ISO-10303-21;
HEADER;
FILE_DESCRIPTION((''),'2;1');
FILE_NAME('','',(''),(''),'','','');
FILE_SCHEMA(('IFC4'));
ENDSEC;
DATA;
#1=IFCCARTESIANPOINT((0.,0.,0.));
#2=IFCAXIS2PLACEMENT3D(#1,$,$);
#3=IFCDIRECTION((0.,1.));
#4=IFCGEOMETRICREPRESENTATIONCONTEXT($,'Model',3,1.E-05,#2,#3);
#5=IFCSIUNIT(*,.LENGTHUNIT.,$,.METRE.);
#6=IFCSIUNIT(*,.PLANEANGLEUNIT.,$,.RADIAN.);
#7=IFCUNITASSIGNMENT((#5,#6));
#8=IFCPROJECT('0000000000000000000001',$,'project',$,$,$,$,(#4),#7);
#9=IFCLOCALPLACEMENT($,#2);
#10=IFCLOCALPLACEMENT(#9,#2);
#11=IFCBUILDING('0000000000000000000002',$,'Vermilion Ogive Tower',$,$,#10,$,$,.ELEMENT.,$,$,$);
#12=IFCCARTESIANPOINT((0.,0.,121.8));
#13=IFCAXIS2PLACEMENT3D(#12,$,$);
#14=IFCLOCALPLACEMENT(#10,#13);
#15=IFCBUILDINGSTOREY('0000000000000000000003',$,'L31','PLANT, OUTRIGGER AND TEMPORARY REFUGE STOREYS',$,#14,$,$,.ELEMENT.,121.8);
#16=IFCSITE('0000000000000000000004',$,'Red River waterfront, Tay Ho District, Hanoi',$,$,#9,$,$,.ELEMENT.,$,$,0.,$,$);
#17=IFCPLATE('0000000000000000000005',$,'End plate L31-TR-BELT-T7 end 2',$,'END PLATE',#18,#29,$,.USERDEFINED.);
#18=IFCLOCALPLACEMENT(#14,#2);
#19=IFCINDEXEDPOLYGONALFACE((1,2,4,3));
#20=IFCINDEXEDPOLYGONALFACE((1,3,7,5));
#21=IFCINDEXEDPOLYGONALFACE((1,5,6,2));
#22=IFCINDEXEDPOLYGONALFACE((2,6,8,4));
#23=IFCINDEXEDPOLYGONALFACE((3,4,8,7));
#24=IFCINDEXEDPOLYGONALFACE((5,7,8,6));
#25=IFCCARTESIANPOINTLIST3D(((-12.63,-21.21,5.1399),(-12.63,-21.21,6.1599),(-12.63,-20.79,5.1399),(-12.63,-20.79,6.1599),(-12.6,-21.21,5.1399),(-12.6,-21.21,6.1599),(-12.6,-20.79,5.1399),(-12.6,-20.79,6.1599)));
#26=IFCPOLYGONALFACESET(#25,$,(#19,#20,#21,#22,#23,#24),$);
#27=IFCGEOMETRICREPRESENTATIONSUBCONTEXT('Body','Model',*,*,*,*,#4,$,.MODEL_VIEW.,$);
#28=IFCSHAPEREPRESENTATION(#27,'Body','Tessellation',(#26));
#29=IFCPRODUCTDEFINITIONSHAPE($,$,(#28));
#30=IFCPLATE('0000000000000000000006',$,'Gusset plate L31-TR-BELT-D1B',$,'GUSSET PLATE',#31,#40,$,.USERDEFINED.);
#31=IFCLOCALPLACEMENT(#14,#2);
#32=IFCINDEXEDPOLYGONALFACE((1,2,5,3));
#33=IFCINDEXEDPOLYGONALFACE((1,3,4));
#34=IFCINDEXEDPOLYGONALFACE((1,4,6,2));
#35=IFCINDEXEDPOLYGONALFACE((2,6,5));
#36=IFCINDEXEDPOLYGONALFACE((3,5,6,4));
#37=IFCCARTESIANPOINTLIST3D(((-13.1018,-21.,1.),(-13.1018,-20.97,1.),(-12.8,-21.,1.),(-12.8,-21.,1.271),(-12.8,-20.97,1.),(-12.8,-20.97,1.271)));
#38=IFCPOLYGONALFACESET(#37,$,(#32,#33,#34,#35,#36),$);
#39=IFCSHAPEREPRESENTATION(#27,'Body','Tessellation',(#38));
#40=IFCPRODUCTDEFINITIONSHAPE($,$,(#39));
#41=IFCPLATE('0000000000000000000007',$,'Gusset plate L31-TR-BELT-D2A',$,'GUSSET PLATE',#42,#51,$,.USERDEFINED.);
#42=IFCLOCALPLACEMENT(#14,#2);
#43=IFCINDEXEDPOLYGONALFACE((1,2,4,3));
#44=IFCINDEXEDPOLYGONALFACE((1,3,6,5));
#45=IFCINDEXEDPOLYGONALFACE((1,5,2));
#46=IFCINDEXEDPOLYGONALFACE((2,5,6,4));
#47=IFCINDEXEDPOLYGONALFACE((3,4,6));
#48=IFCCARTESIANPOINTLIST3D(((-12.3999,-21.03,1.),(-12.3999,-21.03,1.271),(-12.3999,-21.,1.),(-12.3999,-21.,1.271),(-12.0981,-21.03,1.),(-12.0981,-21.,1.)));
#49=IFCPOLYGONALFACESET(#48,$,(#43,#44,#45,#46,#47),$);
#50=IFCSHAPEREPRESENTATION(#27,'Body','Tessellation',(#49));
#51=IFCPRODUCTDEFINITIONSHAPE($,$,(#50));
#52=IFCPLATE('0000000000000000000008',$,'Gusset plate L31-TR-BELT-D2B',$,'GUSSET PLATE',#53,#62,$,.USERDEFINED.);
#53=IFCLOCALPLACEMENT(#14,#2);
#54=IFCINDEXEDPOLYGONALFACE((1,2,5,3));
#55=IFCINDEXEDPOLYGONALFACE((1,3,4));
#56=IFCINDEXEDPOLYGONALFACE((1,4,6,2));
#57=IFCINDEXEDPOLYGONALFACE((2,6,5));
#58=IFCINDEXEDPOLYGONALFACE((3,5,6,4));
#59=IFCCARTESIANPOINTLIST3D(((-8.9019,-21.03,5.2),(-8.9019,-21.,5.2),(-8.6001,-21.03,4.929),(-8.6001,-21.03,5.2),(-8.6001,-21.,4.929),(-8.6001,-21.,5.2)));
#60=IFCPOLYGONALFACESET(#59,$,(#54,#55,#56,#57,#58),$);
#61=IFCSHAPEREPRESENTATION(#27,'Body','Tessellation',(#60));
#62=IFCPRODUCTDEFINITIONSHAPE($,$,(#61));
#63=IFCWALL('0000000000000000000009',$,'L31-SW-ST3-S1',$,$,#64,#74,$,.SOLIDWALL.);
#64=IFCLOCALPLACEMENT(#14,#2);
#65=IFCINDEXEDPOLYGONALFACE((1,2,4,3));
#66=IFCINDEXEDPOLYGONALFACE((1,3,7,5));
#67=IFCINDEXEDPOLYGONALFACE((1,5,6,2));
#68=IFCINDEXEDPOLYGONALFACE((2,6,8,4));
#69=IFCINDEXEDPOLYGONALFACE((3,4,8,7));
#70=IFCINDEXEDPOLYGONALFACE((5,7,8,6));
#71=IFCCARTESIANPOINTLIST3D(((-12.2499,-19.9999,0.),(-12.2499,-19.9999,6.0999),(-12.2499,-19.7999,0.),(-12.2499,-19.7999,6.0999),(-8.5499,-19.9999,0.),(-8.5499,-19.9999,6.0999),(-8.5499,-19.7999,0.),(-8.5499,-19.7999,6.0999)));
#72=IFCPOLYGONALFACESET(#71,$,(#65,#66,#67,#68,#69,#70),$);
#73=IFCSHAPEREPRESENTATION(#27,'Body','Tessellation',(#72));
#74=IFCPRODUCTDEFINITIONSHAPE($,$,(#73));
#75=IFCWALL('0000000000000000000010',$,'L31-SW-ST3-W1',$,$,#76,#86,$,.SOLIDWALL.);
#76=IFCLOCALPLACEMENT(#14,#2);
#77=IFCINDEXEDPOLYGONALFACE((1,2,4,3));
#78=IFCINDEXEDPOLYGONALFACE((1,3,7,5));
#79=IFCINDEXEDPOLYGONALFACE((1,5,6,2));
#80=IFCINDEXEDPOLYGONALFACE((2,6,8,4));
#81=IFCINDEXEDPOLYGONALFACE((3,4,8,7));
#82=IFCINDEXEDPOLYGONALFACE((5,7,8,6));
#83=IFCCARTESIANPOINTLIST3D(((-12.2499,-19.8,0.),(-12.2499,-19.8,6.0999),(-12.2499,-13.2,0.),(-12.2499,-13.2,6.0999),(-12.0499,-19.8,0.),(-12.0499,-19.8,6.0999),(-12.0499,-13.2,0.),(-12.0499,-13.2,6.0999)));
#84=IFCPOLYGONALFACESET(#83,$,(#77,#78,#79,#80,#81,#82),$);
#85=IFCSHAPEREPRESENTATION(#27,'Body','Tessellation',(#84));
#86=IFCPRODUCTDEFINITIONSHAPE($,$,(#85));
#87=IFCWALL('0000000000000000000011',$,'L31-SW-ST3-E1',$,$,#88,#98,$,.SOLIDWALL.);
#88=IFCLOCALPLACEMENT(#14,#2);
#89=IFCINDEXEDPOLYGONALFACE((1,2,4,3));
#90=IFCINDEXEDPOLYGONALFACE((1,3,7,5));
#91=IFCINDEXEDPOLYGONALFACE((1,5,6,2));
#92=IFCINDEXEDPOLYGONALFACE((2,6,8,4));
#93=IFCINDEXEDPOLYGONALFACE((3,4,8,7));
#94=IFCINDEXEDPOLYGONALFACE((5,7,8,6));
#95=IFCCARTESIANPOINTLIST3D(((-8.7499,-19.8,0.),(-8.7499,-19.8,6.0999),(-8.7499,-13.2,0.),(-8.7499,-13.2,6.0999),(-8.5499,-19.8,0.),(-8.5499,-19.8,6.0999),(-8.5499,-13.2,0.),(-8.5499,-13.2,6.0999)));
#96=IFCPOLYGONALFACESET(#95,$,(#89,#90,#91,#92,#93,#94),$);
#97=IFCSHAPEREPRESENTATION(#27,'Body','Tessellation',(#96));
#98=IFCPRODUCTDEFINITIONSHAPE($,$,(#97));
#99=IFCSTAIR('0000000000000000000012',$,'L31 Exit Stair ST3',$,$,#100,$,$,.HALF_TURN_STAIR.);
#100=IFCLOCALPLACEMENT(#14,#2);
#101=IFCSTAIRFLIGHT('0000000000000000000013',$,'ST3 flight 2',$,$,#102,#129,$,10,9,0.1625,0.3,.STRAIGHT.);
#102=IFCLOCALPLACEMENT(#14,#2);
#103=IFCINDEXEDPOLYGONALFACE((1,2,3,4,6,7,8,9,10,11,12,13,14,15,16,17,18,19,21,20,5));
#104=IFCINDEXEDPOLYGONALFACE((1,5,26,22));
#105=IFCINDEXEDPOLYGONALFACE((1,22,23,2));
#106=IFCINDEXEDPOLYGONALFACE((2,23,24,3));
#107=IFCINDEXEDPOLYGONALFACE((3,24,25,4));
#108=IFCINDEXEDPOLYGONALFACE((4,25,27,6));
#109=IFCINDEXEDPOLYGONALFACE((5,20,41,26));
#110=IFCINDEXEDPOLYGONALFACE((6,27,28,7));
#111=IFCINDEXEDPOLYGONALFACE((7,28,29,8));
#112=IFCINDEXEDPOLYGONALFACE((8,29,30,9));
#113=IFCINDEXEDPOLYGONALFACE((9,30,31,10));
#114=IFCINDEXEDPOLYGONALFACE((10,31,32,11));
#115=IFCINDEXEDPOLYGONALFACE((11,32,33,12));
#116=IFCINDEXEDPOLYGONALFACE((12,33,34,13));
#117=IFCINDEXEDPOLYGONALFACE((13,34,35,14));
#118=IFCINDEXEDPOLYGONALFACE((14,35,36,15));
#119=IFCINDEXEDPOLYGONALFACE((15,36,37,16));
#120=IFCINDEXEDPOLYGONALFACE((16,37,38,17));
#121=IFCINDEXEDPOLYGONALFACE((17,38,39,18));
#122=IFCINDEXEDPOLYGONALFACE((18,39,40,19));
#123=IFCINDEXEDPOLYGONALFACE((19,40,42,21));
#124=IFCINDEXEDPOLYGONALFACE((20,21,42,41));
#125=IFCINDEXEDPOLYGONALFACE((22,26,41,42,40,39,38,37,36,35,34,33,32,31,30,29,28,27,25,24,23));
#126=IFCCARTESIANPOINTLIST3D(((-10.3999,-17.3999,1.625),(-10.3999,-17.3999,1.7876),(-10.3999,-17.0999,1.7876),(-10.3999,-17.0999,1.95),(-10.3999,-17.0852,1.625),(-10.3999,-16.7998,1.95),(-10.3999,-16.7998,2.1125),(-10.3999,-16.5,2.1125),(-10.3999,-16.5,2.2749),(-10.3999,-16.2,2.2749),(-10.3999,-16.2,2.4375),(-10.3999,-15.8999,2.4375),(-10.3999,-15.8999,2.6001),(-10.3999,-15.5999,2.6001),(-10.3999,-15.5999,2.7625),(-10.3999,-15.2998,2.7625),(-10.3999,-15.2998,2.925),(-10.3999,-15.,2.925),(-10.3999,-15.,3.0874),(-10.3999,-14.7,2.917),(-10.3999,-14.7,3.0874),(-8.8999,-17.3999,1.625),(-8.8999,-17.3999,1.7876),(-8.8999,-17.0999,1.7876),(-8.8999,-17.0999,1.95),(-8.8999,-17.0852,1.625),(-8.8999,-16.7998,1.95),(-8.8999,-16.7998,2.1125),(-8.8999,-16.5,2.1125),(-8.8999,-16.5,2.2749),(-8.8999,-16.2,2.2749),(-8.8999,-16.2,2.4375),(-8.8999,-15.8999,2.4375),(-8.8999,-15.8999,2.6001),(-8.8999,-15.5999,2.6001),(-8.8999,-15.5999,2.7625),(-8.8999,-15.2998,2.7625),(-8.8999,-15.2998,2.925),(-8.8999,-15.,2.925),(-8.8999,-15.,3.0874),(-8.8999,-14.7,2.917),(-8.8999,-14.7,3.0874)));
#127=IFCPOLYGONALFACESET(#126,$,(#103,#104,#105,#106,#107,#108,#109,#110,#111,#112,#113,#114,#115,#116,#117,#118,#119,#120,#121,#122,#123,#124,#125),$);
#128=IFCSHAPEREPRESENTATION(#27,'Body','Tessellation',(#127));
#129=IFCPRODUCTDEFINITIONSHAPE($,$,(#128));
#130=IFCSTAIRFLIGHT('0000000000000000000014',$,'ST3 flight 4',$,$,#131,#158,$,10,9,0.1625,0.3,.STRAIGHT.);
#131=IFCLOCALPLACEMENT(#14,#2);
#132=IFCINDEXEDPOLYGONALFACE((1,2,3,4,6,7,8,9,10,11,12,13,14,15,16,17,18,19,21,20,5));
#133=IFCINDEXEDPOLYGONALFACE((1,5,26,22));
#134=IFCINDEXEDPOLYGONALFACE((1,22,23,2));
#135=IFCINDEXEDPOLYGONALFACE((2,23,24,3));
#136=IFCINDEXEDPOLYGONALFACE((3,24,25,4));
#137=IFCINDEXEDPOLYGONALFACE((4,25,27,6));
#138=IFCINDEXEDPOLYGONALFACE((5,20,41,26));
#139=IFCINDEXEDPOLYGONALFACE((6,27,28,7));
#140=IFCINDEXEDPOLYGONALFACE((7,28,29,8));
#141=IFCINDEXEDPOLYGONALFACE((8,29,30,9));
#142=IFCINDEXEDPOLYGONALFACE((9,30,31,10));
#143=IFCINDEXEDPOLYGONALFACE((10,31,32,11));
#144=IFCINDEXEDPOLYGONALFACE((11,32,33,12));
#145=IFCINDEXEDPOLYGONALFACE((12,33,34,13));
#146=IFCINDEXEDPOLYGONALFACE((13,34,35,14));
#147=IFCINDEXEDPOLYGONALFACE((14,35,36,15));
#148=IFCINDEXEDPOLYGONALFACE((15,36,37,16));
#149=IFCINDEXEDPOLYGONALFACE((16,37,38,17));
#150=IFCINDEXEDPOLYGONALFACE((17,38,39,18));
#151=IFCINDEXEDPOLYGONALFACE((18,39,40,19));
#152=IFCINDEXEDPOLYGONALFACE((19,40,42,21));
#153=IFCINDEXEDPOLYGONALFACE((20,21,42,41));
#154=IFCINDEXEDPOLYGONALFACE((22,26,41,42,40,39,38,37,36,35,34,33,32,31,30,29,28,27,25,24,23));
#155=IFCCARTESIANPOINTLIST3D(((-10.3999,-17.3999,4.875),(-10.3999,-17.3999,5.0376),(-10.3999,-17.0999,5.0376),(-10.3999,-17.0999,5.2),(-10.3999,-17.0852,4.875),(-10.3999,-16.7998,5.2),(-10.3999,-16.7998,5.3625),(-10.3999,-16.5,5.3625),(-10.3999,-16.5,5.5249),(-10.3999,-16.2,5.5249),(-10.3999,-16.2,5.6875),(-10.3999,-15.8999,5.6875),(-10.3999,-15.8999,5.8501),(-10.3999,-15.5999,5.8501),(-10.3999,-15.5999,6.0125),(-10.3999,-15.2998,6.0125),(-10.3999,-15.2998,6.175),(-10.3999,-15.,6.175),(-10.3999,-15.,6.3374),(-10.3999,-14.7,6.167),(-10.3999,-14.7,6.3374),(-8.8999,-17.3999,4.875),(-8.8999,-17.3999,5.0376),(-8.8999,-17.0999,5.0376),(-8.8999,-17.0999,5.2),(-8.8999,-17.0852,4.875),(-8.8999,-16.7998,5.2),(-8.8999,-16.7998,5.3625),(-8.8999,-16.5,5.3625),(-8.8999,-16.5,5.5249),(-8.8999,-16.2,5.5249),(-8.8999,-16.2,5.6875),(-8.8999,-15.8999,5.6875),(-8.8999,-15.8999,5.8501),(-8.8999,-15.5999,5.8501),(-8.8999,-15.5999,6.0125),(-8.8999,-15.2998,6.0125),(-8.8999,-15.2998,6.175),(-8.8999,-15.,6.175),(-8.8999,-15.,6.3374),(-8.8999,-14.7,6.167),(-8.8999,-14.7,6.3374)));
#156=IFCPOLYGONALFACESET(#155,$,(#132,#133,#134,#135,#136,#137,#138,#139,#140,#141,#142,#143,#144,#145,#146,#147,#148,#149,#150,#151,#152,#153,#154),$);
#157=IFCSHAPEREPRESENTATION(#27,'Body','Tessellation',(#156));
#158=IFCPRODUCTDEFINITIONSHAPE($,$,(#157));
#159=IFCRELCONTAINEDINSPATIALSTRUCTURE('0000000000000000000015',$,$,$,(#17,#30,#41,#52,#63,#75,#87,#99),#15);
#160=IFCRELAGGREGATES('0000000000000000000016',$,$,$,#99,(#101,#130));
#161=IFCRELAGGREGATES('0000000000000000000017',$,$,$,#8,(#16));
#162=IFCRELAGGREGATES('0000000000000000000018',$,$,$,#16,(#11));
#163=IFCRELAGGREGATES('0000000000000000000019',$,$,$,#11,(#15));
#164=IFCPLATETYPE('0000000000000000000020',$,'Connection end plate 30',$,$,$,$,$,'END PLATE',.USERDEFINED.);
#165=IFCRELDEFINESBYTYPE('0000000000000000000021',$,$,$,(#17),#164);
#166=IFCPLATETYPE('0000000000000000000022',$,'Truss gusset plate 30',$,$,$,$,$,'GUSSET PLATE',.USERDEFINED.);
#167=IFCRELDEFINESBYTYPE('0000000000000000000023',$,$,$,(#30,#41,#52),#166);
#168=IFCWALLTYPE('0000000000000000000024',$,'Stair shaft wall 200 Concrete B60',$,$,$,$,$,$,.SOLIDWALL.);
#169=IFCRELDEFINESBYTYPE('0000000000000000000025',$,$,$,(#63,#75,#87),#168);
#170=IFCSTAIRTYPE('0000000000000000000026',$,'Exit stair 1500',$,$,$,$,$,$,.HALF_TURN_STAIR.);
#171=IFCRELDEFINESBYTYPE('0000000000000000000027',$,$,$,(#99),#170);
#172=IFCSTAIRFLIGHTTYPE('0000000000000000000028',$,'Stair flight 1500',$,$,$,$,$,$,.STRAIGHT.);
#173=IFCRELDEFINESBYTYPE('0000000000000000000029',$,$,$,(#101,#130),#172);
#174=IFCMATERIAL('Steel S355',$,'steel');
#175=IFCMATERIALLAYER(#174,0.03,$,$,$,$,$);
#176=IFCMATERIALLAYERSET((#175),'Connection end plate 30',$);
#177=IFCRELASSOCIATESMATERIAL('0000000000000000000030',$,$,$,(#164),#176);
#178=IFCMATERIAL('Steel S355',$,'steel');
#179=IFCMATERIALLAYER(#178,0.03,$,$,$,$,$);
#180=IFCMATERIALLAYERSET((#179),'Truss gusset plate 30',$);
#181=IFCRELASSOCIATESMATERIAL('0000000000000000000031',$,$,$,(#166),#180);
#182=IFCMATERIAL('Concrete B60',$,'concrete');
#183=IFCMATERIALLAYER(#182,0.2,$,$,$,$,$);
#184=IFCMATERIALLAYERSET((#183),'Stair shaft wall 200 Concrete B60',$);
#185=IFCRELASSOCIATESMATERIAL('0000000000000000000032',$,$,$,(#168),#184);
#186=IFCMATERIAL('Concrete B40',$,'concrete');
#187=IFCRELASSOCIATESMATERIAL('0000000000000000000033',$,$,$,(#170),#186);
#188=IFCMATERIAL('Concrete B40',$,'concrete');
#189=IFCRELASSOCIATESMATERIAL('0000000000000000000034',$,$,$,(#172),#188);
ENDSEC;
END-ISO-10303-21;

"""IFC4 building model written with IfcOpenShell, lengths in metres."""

from ifc_helpers import new_model, si_unit, direction, frame, frame_2d, origin, origin_2d, place, context, subcontext, project, spatial, polyline, rectangle, outline, extrude, material, layer, layer_set, type_object, element, aggregate, save


model = new_model("IFC4")

# Units and contexts
model_context = context("Model", 3, precision=1e-05, world=origin(), true_north=direction((0.0, 1.0)))
body_context = subcontext(model_context, "Body", "Model", "MODEL_VIEW")
ifc_project = project(units=[si_unit("LENGTHUNIT", "METRE"), si_unit("PLANEANGLEUNIT", "RADIAN")], contexts=[model_context])

# Site, building, storey
site_placement = place(None, origin())
site = spatial("IfcSite", under=ifc_project, at=site_placement, Name="Red River waterfront, Tay Ho District, Hanoi", CompositionType="ELEMENT", RefElevation=0.0)
building_placement = place(site_placement, origin())
building = spatial("IfcBuilding", under=site, at=building_placement, Name="Vermilion Ogive Tower", CompositionType="ELEMENT")
storey_placement = place(building_placement, frame((0.0, 0.0, 121.8)))
storey = spatial("IfcBuildingStorey", under=building, at=storey_placement, Name="L31", Description="PLANT, OUTRIGGER AND TEMPORARY REFUGE STOREYS", CompositionType="ELEMENT", Elevation=121.8)

# Plates
ifc_material_1 = material(Name="Steel S355", Category="steel")
ifc_layer_1 = layer(ifc_material_1, 0.03)
ifc_layer_set_1 = layer_set([ifc_layer_1], Name="Connection end plate 30")
plate_type_1 = type_object("IfcPlateType", Name="Connection end plate 30", ElementType="END PLATE", PredefinedType="USERDEFINED", material=ifc_layer_set_1)
plate_placement = place(storey_placement, frame((-12.615, -21.0, 5.1399), z_axis=(0.0, 0.0, 1.0), x_axis=(1.0, 0.0, 0.0)))
element("IfcPlate", 1, at=plate_placement, inside=storey, type_object=plate_type_1, Name="End plate L31-TR-BELT-T7 end 2", ObjectType="END PLATE", PredefinedType="USERDEFINED", context=body_context, shape_type="SweptSolid", body=[
    extrude(rectangle(XDim=0.03, YDim=0.4199, at=origin_2d()), origin(), (0.0, 0.0, 1.0), 1.02),
])
ifc_material_2 = material(Name="Steel S355", Category="steel")
ifc_layer_2 = layer(ifc_material_2, 0.03)
ifc_layer_set_2 = layer_set([ifc_layer_2], Name="Truss gusset plate 30")
plate_type_2 = type_object("IfcPlateType", Name="Truss gusset plate 30", ElementType="GUSSET PLATE", PredefinedType="USERDEFINED", material=ifc_layer_set_2)
for number, where, z_axis, x_axis, name in (
    (2, (-12.8, -21.0, 1.271), (0.0, -1.0, 0.0), (-0.744012, 0.0, -0.668166), "Gusset plate L31-TR-BELT-D1B"),
    (3, (-12.3999, -21.0, 1.271), (0.0, 1.0, 0.0), (0.744012, 0.0, -0.668166), "Gusset plate L31-TR-BELT-D2A"),
    (4, (-8.6001, -21.0, 4.929), (0.0, 1.0, 0.0), (-0.744012, 0.0, 0.668166), "Gusset plate L31-TR-BELT-D2B"),
):
    element("IfcPlate", number, at=place(storey_placement, frame(where, z_axis=z_axis, x_axis=x_axis)), inside=storey, type_object=plate_type_2, Name=name, ObjectType="GUSSET PLATE", PredefinedType="USERDEFINED", context=body_context, shape_type="SweptSolid", body=[
        extrude(outline(polyline([(0.0, 0.0), (0.4056, 0.0), (0.1811, 0.2016), (0.0, 0.0)])), origin(), (0.0, 0.0, -1.0), 0.03),
    ])

# Walls
ifc_material_3 = material(Name="Concrete B60", Category="concrete")
ifc_layer_3 = layer(ifc_material_3, 0.2)
ifc_layer_set_3 = layer_set([ifc_layer_3], Name="Stair shaft wall 200 Concrete B60")
wall_type = type_object("IfcWallType", Name="Stair shaft wall 200 Concrete B60", PredefinedType="SOLIDWALL", material=ifc_layer_set_3)
wall_placement = place(storey_placement, frame((-12.25, -19.8999, 0.0), z_axis=(0.0, 0.0, 1.0), x_axis=(1.0, 0.0, 0.0)))
element("IfcWall", 5, at=wall_placement, inside=storey, type_object=wall_type, Name="L31-SW-ST3-S1", PredefinedType="SOLIDWALL", context=body_context, shape_type="SweptSolid", body=[
    extrude(rectangle(XDim=3.7, YDim=0.2, at=frame_2d((1.8501, 0.0))), origin(), (0.0, 0.0, 1.0), 6.0999),
])
for number, where, z_axis, x_axis, name in (
    (6, (-12.1499, -19.8, 0.0), (0.0, 0.0, 1.0), (0.0, 1.0, 0.0), "L31-SW-ST3-W1"),
    (7, (-8.6499, -19.8, 0.0), (0.0, 0.0, 1.0), (0.0, 1.0, 0.0), "L31-SW-ST3-E1"),
):
    element("IfcWall", number, at=place(storey_placement, frame(where, z_axis=z_axis, x_axis=x_axis)), inside=storey, type_object=wall_type, Name=name, PredefinedType="SOLIDWALL", context=body_context, shape_type="SweptSolid", body=[
        extrude(rectangle(XDim=6.6001, YDim=0.2, at=frame_2d((3.3, 0.0))), origin(), (0.0, 0.0, 1.0), 6.0999),
    ])

# Stair, stair flights
ifc_material_4 = material(Name="Concrete B40", Category="concrete")
stair_type = type_object("IfcStairType", Name="Exit stair 1500", PredefinedType="HALF_TURN_STAIR", material=ifc_material_4)
stair_placement = place(storey_placement, origin())
stair = element("IfcStair", 8, at=stair_placement, inside=storey, type_object=stair_type, Name="L31 Exit Stair ST3", PredefinedType="HALF_TURN_STAIR")
ifc_material_5 = material(Name="Concrete B40", Category="concrete")
stair_flight_type = type_object("IfcStairFlightType", Name="Stair flight 1500", PredefinedType="STRAIGHT", material=ifc_material_5)
stair_flight_1_placement = place(storey_placement, frame((-9.6499, -17.3999, 1.625), z_axis=(0.0, 0.0, 1.0), x_axis=(0.0, 1.0, 0.0)))
stair_flight_1 = element("IfcStairFlight", 9, at=stair_flight_1_placement, type_object=stair_flight_type, Name="ST3 flight 2", NumberOfRisers=10, NumberOfTreads=9, PredefinedType="STRAIGHT", RiserHeight=0.1625, TreadLength=0.3, context=body_context, shape_type="SweptSolid", body=[
    extrude(outline(polyline([(0.0, 0.0), (0.0, 0.1626), (0.3, 0.1626), (0.3, 0.325), (0.6001, 0.325), (0.6001, 0.4875), (0.8999, 0.4875), (0.8999, 0.6499), (1.2, 0.6499), (1.2, 0.8125), (1.5, 0.8125), (1.5, 0.9751), (1.8, 0.9751), (1.8, 1.1375), (2.1001, 1.1375), (2.1001, 1.3), (2.3999, 1.3), (2.3999, 1.4624), (2.7, 1.4624), (2.7, 1.625), (2.7, 1.292), (0.3147, 0.0), (0.0, 0.0)])), frame((0.0, 0.75, 0.0), z_axis=(0.0, -1.0, 0.0), x_axis=(1.0, 0.0, 0.0)), (0.0, 0.0, 1.0), 1.5),
])
stair_flight_2_placement = place(storey_placement, frame((-9.6499, -17.3999, 4.875), z_axis=(0.0, 0.0, 1.0), x_axis=(0.0, 1.0, 0.0)))
stair_flight_2 = element("IfcStairFlight", 10, at=stair_flight_2_placement, type_object=stair_flight_type, Name="ST3 flight 4", NumberOfRisers=10, NumberOfTreads=9, PredefinedType="STRAIGHT", RiserHeight=0.1625, TreadLength=0.3, context=body_context, shape_type="SweptSolid", body=[
    extrude(outline(polyline([(0.0, 0.0), (0.0, 0.1626), (0.3, 0.1626), (0.3, 0.325), (0.6001, 0.325), (0.6001, 0.4875), (0.8999, 0.4875), (0.8999, 0.6499), (1.2, 0.6499), (1.2, 0.8125), (1.5, 0.8125), (1.5, 0.9751), (1.8, 0.9751), (1.8, 1.1375), (2.1001, 1.1375), (2.1001, 1.3), (2.3999, 1.3), (2.3999, 1.4624), (2.7, 1.4624), (2.7, 1.625), (2.7, 1.292), (0.3147, 0.0), (0.0, 0.0)])), frame((0.0, 0.75, 0.0), z_axis=(0.0, -1.0, 0.0), x_axis=(1.0, 0.0, 0.0)), (0.0, 0.0, 1.0), 1.5),
])
aggregate(stair, [stair_flight_1, stair_flight_2])

save(model, "model.ifc")
